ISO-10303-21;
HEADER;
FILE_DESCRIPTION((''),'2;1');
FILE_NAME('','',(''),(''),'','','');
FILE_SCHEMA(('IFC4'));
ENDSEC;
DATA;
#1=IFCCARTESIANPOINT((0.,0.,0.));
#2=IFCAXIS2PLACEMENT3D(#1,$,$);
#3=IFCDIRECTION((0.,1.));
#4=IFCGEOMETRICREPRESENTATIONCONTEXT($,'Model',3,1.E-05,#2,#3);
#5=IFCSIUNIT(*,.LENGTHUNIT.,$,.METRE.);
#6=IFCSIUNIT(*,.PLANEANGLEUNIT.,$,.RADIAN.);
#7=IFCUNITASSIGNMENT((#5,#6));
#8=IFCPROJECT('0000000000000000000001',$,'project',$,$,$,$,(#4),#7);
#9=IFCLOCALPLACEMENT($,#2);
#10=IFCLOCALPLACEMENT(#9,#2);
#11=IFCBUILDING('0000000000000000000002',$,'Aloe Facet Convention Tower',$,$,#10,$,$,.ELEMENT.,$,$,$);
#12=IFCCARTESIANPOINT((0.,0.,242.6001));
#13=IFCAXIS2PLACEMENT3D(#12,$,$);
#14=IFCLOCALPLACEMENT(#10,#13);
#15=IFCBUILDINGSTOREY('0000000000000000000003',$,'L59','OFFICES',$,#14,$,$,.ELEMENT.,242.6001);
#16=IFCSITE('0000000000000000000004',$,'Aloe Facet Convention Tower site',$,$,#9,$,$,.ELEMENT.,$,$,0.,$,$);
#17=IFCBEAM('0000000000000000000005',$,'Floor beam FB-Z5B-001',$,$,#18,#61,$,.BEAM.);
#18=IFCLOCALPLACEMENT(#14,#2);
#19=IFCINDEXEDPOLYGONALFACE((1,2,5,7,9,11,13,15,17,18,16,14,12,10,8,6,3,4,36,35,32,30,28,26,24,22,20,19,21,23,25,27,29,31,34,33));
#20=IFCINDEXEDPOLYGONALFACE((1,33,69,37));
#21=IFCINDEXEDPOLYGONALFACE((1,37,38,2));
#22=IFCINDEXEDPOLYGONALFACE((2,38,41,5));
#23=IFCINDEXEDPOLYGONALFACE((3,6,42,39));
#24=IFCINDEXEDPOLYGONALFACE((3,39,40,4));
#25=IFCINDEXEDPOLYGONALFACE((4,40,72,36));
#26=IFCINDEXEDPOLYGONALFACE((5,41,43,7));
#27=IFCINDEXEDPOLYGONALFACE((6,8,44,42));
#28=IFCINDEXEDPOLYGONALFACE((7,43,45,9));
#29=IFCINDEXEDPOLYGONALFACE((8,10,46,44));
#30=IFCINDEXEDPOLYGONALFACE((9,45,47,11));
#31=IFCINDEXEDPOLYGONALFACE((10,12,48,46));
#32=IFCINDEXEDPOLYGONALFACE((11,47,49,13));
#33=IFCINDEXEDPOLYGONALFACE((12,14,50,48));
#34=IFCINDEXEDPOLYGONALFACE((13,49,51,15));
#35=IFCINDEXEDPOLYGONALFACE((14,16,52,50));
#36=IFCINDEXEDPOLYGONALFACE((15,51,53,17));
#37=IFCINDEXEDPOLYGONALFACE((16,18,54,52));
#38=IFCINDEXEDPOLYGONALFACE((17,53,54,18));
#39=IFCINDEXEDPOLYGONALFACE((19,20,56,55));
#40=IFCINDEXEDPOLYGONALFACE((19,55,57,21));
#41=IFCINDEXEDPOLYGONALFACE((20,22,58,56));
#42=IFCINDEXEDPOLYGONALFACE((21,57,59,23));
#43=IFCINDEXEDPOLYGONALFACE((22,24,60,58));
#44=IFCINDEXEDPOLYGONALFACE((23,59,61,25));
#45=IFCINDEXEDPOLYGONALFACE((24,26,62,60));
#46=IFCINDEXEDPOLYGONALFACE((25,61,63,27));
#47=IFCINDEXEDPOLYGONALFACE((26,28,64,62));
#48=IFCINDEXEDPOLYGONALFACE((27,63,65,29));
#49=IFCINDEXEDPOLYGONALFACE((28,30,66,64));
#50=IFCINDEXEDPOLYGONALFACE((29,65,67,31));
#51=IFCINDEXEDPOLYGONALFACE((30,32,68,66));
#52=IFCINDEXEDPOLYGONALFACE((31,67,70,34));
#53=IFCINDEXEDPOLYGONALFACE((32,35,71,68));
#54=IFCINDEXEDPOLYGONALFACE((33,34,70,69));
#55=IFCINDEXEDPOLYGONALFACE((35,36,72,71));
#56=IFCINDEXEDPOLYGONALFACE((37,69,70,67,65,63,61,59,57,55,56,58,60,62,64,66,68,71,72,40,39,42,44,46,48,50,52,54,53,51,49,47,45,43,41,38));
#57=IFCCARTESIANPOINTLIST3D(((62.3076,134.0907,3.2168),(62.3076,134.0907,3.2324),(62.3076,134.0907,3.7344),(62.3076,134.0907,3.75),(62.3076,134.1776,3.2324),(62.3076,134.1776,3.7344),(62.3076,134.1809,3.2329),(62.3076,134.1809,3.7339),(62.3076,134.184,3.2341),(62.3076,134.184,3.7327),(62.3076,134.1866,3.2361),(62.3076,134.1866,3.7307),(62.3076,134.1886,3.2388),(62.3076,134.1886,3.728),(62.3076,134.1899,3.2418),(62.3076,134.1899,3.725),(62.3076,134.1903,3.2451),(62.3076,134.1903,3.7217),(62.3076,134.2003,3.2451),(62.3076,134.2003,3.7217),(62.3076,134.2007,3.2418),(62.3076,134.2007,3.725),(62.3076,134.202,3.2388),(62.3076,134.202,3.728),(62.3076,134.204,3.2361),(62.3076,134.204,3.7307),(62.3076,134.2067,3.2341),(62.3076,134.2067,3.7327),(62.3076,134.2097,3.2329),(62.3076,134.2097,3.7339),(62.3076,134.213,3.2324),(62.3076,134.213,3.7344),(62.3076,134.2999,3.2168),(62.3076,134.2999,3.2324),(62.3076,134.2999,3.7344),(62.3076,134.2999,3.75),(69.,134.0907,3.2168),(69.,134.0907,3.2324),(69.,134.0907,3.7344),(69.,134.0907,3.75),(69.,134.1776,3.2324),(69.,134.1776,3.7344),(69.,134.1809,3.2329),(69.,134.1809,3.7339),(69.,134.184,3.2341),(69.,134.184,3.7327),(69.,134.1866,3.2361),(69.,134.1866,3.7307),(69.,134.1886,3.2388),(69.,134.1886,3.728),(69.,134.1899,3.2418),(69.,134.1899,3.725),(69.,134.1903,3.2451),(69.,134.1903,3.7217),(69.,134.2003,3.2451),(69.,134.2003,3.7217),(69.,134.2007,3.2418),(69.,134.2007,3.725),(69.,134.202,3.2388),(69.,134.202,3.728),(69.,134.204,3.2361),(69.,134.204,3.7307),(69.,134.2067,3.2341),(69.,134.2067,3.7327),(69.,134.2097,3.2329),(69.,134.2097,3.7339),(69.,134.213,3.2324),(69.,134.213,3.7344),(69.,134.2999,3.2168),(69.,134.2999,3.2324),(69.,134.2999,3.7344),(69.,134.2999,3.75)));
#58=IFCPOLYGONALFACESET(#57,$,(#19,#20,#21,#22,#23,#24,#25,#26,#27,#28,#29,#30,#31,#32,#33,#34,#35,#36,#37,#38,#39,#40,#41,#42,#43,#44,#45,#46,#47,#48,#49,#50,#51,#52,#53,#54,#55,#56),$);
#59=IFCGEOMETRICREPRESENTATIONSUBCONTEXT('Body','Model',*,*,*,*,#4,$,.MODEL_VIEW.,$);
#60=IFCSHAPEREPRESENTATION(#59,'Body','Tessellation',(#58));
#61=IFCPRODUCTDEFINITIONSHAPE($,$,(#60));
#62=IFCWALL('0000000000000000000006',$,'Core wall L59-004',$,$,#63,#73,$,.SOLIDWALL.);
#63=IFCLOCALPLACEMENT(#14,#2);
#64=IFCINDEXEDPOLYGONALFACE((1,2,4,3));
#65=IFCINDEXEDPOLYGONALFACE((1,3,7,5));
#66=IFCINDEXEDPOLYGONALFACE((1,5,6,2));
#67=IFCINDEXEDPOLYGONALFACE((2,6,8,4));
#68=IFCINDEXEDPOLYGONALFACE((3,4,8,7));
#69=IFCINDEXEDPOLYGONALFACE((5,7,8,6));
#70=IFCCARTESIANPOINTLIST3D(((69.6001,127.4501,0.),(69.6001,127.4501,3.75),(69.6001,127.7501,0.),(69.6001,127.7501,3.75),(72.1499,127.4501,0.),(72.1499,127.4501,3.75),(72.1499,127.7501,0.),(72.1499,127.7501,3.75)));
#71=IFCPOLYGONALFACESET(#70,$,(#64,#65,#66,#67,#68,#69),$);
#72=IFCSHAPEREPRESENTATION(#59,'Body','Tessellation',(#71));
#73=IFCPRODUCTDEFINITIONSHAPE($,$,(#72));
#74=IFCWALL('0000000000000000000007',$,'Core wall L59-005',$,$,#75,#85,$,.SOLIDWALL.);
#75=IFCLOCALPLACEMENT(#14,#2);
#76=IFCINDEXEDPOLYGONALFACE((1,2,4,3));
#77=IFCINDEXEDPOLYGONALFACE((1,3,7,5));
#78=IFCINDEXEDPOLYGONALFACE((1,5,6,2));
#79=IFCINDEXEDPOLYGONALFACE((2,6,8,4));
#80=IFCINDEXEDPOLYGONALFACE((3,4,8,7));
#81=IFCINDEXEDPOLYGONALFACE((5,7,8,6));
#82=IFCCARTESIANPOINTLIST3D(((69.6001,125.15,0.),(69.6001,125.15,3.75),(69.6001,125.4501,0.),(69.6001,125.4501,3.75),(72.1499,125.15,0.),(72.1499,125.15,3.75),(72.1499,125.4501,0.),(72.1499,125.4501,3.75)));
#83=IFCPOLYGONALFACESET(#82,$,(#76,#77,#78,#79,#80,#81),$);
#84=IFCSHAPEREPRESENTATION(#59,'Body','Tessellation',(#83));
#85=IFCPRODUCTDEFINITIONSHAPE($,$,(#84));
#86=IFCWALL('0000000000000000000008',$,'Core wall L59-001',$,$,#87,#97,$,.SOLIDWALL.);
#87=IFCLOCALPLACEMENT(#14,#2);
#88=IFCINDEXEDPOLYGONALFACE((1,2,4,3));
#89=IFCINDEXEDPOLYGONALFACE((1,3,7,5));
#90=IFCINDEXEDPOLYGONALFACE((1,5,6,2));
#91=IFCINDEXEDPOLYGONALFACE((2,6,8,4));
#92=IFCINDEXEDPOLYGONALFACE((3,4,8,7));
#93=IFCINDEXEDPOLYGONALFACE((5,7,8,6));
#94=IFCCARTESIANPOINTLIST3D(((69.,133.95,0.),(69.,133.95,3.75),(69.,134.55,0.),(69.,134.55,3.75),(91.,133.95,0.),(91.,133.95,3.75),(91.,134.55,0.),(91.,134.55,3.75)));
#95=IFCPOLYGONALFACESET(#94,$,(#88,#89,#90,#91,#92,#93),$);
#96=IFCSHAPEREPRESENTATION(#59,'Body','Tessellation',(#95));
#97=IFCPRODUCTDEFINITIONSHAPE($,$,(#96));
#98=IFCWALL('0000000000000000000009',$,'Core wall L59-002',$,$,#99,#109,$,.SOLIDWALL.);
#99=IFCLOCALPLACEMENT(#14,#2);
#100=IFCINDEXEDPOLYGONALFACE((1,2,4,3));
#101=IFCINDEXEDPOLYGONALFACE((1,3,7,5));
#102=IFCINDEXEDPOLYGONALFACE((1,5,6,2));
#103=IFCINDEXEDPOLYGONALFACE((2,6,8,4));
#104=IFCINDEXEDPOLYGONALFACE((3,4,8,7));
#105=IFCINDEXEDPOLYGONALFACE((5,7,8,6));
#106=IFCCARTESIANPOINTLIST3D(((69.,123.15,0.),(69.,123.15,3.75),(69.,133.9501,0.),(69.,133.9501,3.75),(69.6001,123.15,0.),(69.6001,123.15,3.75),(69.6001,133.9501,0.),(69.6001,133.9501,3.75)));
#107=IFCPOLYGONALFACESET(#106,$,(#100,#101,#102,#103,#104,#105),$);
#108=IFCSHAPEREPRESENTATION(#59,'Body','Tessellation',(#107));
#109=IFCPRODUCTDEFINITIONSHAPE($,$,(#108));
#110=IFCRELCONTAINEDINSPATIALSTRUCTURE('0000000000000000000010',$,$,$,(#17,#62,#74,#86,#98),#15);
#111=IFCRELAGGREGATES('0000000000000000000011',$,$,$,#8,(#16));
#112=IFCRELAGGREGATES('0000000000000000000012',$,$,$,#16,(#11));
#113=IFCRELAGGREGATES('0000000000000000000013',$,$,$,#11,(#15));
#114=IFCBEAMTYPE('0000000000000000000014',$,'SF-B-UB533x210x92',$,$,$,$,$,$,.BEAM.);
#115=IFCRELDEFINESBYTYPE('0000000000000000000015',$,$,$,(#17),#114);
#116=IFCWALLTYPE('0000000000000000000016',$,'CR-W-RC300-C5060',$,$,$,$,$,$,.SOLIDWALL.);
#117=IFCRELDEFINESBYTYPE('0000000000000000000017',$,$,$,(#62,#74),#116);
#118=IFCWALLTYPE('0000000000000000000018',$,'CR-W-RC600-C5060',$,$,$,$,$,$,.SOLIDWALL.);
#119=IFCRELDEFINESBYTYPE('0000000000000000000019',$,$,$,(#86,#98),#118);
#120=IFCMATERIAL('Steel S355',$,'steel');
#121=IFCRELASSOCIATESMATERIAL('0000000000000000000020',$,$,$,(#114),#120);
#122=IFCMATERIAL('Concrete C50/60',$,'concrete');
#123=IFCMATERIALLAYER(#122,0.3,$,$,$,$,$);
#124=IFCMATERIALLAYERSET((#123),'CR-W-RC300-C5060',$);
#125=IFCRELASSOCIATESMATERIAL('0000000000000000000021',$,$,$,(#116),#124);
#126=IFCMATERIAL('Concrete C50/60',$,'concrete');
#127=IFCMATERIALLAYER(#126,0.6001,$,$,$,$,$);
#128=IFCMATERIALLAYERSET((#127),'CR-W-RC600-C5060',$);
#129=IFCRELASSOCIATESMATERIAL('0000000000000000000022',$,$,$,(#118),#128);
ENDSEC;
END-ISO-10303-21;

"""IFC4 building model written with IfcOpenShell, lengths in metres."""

from ifc_helpers import new_model, si_unit, direction, frame, frame_2d, origin, origin_2d, place, context, subcontext, project, spatial, rectangle, i_section, extrude, material, layer, layer_set, material_profile, profile_set, type_object, element, save


model = new_model("IFC4")

# Units and contexts
model_context = context("Model", 3, precision=1e-05, world=origin(), true_north=direction((0.0, 1.0)))
body_context = subcontext(model_context, "Body", "Model", "MODEL_VIEW")
ifc_project = project(units=[si_unit("LENGTHUNIT", "METRE"), si_unit("PLANEANGLEUNIT", "RADIAN")], contexts=[model_context])

# Site, building, storey
site_placement = place(None, origin())
site = spatial("IfcSite", under=ifc_project, at=site_placement, Name="Aloe Facet Convention Tower site", CompositionType="ELEMENT", RefElevation=0.0)
building_placement = place(site_placement, origin())
building = spatial("IfcBuilding", under=site, at=building_placement, Name="Aloe Facet Convention Tower", CompositionType="ELEMENT")
storey_placement = place(building_placement, frame((0.0, 0.0, 242.6001)))
storey = spatial("IfcBuildingStorey", under=building, at=storey_placement, Name="L59", Description="OFFICES", CompositionType="ELEMENT", Elevation=242.6001)

# Beam
ifc_material_1 = material(Name="Steel S355", Category="steel")
ifc_material_profile_1 = material_profile(ifc_material_1, i_section(OverallWidth=0.2092, OverallDepth=0.5332, WebThickness=0.01, FlangeThickness=0.0156, FilletRadius=0.0127, at=origin_2d()), Name="UB 533x210x92")
ifc_profile_set_1 = profile_set([ifc_material_profile_1], Name="Steel S355")
beam_type_1 = type_object("IfcBeamType", Name="SF-B-UB533x210x92", PredefinedType="BEAM", material=ifc_profile_set_1)
beam_1_placement = place(storey_placement, frame((62.3076, 134.1953, 3.4834), z_axis=(1.0, 0.0, 0.0), x_axis=(0.0, 1.0, 0.0)))
element("IfcBeam", 1, at=beam_1_placement, inside=storey, type_object=beam_type_1, Name="Floor beam FB-Z5B-001", PredefinedType="BEAM", context=body_context, shape_type="SweptSolid", body=[
    extrude(i_section(OverallWidth=0.2092, OverallDepth=0.5332, WebThickness=0.01, FlangeThickness=0.0156, FilletRadius=0.0127, at=origin_2d()), origin(), (0.0, 0.0, 1.0), 6.6924),
])

# Walls
ifc_material_2 = material(Name="Concrete C50/60", Category="concrete")
ifc_layer_1 = layer(ifc_material_2, 0.3)
ifc_layer_set_1 = layer_set([ifc_layer_1], Name="CR-W-RC300-C5060")
wall_type_1 = type_object("IfcWallType", Name="CR-W-RC300-C5060", PredefinedType="SOLIDWALL", material=ifc_layer_set_1)
for number, where, z_axis, x_axis, name in (
    (2, (69.6001, 127.6001, 0.0), (0.0, 0.0, 1.0), (1.0, 0.0, 0.0), "Core wall L59-004"),
    (3, (69.6001, 125.3, 0.0), (0.0, 0.0, 1.0), (1.0, 0.0, 0.0), "Core wall L59-005"),
):
    element("IfcWall", number, at=place(storey_placement, frame(where, z_axis=z_axis, x_axis=x_axis)), inside=storey, type_object=wall_type_1, Name=name, PredefinedType="SOLIDWALL", context=body_context, shape_type="SweptSolid", body=[
        extrude(rectangle(XDim=2.5498, YDim=0.3, at=frame_2d((1.2749, 0.0))), origin(), (0.0, 0.0, 1.0), 3.75),
    ])
ifc_material_3 = material(Name="Concrete C50/60", Category="concrete")
ifc_layer_2 = layer(ifc_material_3, 0.6001)
ifc_layer_set_2 = layer_set([ifc_layer_2], Name="CR-W-RC600-C5060")
wall_type_2 = type_object("IfcWallType", Name="CR-W-RC600-C5060", PredefinedType="SOLIDWALL", material=ifc_layer_set_2)
wall_1_placement = place(storey_placement, frame((69.0, 134.25, 0.0), z_axis=(0.0, 0.0, 1.0), x_axis=(1.0, 0.0, 0.0)))
element("IfcWall", 4, at=wall_1_placement, inside=storey, type_object=wall_type_2, Name="Core wall L59-001", PredefinedType="SOLIDWALL", context=body_context, shape_type="SweptSolid", body=[
    extrude(rectangle(XDim=22.0, YDim=0.6001, at=frame_2d((11.0, 0.0))), origin(), (0.0, 0.0, 1.0), 3.75),
])
wall_2_placement = place(storey_placement, frame((69.3, 133.95, 0.0), z_axis=(0.0, 0.0, 1.0), x_axis=(0.0, -1.0, 0.0)))
element("IfcWall", 5, at=wall_2_placement, inside=storey, type_object=wall_type_2, Name="Core wall L59-002", PredefinedType="SOLIDWALL", context=body_context, shape_type="SweptSolid", body=[
    extrude(rectangle(XDim=10.8, YDim=0.6001, at=frame_2d((5.3999, 0.0))), origin(), (0.0, 0.0, 1.0), 3.75),
])

save(model, "model.ifc")
